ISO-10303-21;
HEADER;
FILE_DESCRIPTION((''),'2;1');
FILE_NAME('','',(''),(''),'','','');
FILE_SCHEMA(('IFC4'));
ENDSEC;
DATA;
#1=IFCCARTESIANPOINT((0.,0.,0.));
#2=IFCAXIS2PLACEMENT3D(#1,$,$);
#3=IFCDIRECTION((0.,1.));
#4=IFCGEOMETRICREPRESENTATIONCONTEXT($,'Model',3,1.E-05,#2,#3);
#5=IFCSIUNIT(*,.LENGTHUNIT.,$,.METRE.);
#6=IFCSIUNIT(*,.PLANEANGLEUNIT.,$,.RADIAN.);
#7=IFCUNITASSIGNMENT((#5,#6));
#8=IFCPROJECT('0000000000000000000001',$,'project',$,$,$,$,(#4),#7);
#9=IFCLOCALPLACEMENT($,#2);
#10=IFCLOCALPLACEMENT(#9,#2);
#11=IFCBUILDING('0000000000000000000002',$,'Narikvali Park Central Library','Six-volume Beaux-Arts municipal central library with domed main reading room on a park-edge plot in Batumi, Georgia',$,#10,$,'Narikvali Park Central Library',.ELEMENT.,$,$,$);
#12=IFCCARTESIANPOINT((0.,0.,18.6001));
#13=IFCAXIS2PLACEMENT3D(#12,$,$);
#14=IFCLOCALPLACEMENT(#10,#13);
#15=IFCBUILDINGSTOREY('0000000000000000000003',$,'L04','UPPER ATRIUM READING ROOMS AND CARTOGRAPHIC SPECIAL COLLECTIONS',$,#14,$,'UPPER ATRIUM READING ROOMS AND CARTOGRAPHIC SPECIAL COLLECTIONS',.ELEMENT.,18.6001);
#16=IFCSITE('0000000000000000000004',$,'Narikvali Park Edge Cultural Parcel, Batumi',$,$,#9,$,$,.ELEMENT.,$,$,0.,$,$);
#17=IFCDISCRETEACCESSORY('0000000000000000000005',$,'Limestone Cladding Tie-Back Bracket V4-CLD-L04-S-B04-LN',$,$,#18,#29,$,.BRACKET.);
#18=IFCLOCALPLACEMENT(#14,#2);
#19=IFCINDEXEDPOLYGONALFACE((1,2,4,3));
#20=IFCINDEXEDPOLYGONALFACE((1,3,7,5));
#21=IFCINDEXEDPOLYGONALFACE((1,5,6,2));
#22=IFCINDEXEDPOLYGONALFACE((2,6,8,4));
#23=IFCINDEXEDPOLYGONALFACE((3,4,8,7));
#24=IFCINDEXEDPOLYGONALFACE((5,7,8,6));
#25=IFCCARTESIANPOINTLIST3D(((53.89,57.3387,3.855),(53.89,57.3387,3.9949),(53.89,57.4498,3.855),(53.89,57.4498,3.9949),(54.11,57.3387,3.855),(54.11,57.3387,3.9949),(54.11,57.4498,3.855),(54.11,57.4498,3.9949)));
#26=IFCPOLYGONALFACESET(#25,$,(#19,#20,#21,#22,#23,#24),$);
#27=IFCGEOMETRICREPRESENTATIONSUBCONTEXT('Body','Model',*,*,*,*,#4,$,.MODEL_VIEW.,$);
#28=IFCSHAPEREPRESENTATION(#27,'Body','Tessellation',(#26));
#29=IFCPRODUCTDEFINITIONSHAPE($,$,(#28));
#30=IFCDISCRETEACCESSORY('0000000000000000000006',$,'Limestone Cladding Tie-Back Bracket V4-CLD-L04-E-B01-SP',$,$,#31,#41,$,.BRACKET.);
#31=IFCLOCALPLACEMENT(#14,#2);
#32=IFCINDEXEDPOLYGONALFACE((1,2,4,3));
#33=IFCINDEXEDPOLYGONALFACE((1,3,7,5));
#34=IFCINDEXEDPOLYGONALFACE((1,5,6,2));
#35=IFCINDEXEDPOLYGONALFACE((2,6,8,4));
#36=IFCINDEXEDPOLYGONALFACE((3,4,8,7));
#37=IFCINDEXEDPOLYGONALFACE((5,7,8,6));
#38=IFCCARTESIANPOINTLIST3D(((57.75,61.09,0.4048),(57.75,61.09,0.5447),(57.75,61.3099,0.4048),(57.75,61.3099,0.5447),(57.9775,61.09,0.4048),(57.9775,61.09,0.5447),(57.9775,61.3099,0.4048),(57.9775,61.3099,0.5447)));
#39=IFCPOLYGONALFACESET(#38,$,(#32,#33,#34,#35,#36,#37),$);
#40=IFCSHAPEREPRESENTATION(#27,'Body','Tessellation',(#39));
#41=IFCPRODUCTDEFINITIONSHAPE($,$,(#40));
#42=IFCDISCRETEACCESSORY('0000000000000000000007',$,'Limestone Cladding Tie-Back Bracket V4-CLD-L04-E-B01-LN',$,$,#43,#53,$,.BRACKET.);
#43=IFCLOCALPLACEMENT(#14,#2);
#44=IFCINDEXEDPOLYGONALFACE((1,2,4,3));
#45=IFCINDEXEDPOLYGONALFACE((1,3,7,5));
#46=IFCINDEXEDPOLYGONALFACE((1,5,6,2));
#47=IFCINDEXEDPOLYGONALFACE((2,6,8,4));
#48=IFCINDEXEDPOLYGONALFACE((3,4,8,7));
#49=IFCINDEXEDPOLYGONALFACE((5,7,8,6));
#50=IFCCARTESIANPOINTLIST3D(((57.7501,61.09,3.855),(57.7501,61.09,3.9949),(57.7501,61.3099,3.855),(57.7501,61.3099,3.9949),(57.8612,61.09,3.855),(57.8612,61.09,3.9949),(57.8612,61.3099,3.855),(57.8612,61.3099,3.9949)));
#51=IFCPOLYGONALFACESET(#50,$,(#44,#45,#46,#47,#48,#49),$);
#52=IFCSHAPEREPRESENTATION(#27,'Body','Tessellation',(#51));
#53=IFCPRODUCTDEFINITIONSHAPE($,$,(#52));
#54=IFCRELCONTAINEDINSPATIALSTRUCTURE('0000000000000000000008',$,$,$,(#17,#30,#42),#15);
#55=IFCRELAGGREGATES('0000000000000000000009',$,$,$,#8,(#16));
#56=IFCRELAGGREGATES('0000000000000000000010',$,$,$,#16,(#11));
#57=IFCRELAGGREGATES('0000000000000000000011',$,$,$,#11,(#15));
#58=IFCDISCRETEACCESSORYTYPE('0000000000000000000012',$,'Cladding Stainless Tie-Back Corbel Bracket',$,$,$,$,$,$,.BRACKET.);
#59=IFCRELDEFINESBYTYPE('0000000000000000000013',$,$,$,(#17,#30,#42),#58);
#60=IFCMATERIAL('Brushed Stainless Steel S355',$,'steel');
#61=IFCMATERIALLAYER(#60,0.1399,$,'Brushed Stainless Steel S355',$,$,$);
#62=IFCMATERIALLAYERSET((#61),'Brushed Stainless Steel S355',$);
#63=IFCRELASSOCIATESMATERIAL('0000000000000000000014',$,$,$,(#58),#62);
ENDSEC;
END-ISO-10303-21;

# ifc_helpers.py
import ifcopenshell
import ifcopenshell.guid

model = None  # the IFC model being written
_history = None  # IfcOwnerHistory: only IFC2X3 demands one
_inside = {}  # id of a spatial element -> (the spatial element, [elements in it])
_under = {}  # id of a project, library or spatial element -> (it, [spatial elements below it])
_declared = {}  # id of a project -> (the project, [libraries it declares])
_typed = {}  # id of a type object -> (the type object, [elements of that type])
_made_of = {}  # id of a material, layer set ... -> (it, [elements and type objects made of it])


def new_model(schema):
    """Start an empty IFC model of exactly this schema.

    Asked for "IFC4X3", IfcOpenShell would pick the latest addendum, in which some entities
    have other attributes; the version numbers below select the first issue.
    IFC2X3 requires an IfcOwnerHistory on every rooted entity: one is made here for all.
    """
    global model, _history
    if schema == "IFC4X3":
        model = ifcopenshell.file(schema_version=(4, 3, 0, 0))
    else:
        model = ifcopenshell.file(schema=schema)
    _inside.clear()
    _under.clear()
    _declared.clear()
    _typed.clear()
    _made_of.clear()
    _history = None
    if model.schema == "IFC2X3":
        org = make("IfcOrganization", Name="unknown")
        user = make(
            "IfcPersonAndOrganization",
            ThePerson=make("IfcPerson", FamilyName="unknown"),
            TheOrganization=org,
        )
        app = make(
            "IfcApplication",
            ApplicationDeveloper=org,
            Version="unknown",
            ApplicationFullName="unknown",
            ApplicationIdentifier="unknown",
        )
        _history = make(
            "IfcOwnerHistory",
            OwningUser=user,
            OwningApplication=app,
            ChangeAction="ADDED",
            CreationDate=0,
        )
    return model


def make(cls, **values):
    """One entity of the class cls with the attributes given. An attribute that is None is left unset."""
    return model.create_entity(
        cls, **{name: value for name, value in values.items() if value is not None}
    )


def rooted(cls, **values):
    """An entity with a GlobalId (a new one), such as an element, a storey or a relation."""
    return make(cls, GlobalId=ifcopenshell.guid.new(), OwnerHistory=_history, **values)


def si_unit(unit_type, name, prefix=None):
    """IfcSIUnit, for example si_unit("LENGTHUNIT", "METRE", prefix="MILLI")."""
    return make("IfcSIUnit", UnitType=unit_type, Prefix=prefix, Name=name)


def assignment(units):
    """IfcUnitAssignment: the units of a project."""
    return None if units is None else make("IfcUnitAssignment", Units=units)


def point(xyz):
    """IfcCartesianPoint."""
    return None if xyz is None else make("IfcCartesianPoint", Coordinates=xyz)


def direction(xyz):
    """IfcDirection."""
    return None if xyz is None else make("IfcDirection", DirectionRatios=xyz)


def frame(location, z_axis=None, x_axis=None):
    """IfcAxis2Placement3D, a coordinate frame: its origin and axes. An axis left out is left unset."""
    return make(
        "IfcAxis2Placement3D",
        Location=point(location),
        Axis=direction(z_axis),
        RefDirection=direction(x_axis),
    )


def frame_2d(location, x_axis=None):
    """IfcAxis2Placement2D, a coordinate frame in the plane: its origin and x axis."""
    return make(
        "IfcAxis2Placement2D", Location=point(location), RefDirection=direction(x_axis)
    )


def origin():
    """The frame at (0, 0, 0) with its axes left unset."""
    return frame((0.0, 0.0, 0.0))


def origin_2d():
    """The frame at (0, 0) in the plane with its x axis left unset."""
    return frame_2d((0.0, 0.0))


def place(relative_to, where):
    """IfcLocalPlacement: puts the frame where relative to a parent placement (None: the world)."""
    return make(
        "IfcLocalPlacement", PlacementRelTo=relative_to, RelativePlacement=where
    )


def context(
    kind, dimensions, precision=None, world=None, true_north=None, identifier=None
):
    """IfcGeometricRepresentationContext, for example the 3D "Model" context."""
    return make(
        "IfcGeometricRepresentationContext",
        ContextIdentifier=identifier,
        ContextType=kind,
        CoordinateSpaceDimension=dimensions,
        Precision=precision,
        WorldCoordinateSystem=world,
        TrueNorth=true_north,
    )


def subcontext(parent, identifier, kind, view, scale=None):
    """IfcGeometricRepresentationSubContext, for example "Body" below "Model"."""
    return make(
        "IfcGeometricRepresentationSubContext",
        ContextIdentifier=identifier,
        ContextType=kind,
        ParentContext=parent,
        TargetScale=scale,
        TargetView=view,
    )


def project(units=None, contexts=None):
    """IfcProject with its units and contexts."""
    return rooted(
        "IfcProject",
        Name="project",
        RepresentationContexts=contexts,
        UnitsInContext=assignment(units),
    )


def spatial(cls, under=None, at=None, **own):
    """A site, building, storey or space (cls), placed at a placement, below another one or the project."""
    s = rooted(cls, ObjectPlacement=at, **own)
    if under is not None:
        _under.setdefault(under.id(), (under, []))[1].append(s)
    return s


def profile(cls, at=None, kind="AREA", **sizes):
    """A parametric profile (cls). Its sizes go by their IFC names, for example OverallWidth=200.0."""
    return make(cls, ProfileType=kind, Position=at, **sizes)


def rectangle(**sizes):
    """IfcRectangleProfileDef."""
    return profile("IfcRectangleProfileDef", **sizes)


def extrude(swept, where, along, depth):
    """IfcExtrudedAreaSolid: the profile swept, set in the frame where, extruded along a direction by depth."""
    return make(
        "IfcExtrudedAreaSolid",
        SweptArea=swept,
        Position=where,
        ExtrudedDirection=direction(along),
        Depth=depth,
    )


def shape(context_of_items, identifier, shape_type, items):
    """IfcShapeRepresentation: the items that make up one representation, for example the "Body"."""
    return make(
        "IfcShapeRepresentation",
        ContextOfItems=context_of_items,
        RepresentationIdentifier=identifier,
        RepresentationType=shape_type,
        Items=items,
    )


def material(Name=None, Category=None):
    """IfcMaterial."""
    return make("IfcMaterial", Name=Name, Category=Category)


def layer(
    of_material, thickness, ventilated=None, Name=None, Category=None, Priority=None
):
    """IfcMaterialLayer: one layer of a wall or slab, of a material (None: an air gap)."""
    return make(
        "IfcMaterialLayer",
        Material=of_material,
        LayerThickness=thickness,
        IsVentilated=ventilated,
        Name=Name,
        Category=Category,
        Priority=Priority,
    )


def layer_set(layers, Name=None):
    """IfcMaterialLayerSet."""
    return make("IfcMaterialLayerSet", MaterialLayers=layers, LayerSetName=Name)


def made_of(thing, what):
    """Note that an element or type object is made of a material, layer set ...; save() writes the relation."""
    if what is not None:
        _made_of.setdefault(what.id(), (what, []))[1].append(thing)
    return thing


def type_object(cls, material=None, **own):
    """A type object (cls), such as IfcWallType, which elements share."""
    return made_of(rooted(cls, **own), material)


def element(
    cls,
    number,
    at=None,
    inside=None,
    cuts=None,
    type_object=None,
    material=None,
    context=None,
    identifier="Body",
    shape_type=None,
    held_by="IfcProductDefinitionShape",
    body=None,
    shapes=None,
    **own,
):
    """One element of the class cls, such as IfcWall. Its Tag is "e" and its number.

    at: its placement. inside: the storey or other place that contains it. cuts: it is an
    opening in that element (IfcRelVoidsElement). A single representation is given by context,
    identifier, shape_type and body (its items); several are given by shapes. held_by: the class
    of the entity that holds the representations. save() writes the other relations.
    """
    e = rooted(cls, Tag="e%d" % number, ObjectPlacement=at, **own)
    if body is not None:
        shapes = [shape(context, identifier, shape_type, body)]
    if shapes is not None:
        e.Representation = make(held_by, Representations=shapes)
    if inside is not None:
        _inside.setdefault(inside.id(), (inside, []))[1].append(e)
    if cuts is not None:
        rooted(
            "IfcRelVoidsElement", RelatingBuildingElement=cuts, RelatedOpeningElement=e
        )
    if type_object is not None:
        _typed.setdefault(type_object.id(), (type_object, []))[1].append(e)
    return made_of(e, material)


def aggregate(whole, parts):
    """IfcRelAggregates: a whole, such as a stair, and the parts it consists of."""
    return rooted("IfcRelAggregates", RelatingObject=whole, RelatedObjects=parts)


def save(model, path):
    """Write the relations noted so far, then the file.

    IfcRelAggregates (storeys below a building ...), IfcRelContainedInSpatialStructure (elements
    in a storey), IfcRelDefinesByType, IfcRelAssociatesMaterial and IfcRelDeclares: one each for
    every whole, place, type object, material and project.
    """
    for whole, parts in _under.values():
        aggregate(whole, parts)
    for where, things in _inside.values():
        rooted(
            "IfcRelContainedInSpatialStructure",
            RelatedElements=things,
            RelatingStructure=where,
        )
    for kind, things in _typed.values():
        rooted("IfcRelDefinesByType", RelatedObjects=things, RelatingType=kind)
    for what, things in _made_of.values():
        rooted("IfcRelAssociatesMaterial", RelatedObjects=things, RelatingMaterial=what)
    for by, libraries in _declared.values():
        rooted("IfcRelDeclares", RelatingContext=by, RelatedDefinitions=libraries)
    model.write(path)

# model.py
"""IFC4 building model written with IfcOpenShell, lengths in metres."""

from ifc_helpers import new_model, si_unit, direction, frame, origin, origin_2d, place, context, subcontext, project, spatial, rectangle, extrude, material, layer, layer_set, type_object, element, save


model = new_model("IFC4")

# Units and contexts
model_context = context("Model", 3, precision=1e-05, world=origin(), true_north=direction((0.0, 1.0)))
body_context = subcontext(model_context, "Body", "Model", "MODEL_VIEW")
ifc_project = project(units=[si_unit("LENGTHUNIT", "METRE"), si_unit("PLANEANGLEUNIT", "RADIAN")], contexts=[model_context])

# Site, building, storey
site_placement = place(None, origin())
site = spatial("IfcSite", under=ifc_project, at=site_placement, Name="Narikvali Park Edge Cultural Parcel, Batumi", CompositionType="ELEMENT", RefElevation=0.0)
building_placement = place(site_placement, origin())
building = spatial("IfcBuilding", under=site, at=building_placement, Name="Narikvali Park Central Library", Description="Six-volume Beaux-Arts municipal central library with domed main reading room on a park-edge plot in Batumi, Georgia", LongName="Narikvali Park Central Library", CompositionType="ELEMENT")
storey_placement = place(building_placement, frame((0.0, 0.0, 18.6001)))
storey = spatial("IfcBuildingStorey", under=building, at=storey_placement, Name="L04", Description="UPPER ATRIUM READING ROOMS AND CARTOGRAPHIC SPECIAL COLLECTIONS", LongName="UPPER ATRIUM READING ROOMS AND CARTOGRAPHIC SPECIAL COLLECTIONS", CompositionType="ELEMENT", Elevation=18.6001)

# Discrete accessories
ifc_material_1 = material(Name="Brushed Stainless Steel S355", Category="steel")
ifc_layer_1 = layer(ifc_material_1, 0.1399, Name="Brushed Stainless Steel S355")
ifc_layer_set_1 = layer_set([ifc_layer_1], Name="Brushed Stainless Steel S355")
discrete_accessory_type = type_object("IfcDiscreteAccessoryType", Name="Cladding Stainless Tie-Back Corbel Bracket", PredefinedType="BRACKET", material=ifc_layer_set_1)
discrete_accessory_1_placement = place(storey_placement, frame((54.0, 57.3943, 3.855), z_axis=(0.0, 0.0, 1.0), x_axis=(1.0, 0.0, 0.0)))
element("IfcDiscreteAccessory", 1, at=discrete_accessory_1_placement, inside=storey, type_object=discrete_accessory_type, Name="Limestone Cladding Tie-Back Bracket V4-CLD-L04-S-B04-LN", PredefinedType="BRACKET", context=body_context, shape_type="SweptSolid", body=[
    extrude(rectangle(XDim=0.22, YDim=0.1111, at=origin_2d()), origin(), (0.0, 0.0, 1.0), 0.1399),
])
discrete_accessory_2_placement = place(storey_placement, frame((57.8638, 61.2, 0.4048), z_axis=(0.0, 0.0, 1.0), x_axis=(1.0, 0.0, 0.0)))
element("IfcDiscreteAccessory", 2, at=discrete_accessory_2_placement, inside=storey, type_object=discrete_accessory_type, Name="Limestone Cladding Tie-Back Bracket V4-CLD-L04-E-B01-SP", PredefinedType="BRACKET", context=body_context, shape_type="SweptSolid", body=[
    extrude(rectangle(XDim=0.2275, YDim=0.22, at=origin_2d()), origin(), (0.0, 0.0, 1.0), 0.1399),
])
discrete_accessory_3_placement = place(storey_placement, frame((57.8057, 61.2, 3.855), z_axis=(0.0, 0.0, 1.0), x_axis=(1.0, 0.0, 0.0)))
element("IfcDiscreteAccessory", 3, at=discrete_accessory_3_placement, inside=storey, type_object=discrete_accessory_type, Name="Limestone Cladding Tie-Back Bracket V4-CLD-L04-E-B01-LN", PredefinedType="BRACKET", context=body_context, shape_type="SweptSolid", body=[
    extrude(rectangle(XDim=0.1111, YDim=0.22, at=origin_2d()), origin(), (0.0, 0.0, 1.0), 0.1399),
])

save(model, "model.ifc")
